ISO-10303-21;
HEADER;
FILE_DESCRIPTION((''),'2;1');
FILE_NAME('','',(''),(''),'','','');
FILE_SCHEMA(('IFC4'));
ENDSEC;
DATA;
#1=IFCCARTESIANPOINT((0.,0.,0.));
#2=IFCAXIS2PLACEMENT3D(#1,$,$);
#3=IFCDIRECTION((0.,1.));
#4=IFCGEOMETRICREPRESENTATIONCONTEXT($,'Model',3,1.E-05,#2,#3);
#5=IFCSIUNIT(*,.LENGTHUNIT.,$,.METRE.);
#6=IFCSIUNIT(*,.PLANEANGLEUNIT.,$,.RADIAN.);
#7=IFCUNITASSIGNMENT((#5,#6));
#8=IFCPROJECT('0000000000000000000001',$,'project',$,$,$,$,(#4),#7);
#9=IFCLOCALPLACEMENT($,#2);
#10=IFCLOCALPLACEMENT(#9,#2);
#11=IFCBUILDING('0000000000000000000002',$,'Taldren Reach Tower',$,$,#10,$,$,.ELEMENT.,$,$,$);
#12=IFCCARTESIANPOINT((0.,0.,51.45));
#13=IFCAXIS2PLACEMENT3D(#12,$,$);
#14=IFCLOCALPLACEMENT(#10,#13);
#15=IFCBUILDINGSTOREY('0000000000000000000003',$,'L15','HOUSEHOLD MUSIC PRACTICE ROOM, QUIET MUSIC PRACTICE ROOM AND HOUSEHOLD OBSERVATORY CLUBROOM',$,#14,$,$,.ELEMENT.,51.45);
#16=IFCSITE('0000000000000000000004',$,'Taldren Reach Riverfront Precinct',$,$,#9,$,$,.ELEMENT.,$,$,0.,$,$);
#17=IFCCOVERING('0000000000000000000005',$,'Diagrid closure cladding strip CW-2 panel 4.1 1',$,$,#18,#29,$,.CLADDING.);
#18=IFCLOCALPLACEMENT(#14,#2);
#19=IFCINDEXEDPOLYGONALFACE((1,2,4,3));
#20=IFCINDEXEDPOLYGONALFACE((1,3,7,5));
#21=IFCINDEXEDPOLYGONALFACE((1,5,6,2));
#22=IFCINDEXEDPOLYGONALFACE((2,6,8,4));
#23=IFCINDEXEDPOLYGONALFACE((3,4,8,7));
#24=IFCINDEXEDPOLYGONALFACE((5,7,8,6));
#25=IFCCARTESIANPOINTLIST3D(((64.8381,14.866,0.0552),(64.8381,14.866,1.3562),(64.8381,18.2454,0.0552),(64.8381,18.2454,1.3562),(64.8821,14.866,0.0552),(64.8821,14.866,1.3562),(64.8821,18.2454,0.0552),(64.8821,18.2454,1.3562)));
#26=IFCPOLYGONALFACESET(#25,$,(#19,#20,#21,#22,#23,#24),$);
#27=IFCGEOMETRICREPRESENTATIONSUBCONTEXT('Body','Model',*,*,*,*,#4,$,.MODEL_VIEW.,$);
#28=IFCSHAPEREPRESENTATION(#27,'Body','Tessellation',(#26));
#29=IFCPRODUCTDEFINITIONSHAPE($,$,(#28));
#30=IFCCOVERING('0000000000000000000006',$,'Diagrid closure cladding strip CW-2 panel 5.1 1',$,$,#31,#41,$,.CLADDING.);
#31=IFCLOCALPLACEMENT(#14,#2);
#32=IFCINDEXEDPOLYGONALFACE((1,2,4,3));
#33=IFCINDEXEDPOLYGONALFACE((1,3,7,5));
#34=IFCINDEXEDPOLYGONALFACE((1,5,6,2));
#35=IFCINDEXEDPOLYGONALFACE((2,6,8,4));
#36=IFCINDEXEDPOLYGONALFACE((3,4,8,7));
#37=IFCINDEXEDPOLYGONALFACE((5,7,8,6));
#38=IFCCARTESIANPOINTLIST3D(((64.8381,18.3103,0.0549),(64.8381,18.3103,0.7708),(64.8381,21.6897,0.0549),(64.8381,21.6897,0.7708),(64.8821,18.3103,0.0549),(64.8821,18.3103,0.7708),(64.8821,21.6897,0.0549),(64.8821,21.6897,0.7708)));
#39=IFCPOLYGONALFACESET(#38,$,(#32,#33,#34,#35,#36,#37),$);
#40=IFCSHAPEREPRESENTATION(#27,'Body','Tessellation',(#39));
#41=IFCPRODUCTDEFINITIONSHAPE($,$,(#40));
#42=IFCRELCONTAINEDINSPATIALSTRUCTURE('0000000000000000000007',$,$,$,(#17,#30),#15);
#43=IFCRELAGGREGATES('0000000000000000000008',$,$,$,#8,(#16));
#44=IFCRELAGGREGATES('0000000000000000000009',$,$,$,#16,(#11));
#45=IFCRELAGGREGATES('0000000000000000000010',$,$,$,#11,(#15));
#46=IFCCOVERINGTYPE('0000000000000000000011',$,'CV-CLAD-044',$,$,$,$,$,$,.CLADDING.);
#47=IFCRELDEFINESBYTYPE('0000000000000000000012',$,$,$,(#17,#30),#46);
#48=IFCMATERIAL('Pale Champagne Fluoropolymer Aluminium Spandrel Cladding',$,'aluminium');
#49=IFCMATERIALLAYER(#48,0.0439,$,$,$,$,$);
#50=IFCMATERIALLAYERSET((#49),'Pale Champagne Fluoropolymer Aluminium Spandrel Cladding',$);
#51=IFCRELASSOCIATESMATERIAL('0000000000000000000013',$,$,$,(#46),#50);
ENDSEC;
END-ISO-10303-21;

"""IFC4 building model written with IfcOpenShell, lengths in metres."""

from ifc_helpers import new_model, si_unit, direction, frame, origin, origin_2d, place, context, subcontext, project, spatial, rectangle, extrude, source, transform, mapped, material, layer, layer_set, type_object, element, save


model = new_model("IFC4")

# Units and contexts
model_context = context("Model", 3, precision=1e-05, world=origin(), true_north=direction((0.0, 1.0)))
body_context = subcontext(model_context, "Body", "Model", "MODEL_VIEW")
ifc_project = project(units=[si_unit("LENGTHUNIT", "METRE"), si_unit("PLANEANGLEUNIT", "RADIAN")], contexts=[model_context])

# Site, building, storey
site_placement = place(None, origin())
site = spatial("IfcSite", under=ifc_project, at=site_placement, Name="Taldren Reach Riverfront Precinct", CompositionType="ELEMENT", RefElevation=0.0)
building_placement = place(site_placement, origin())
building = spatial("IfcBuilding", under=site, at=building_placement, Name="Taldren Reach Tower", CompositionType="ELEMENT")
storey_placement = place(building_placement, frame((0.0, 0.0, 51.45)))
storey = spatial("IfcBuildingStorey", under=building, at=storey_placement, Name="L15", Description="HOUSEHOLD MUSIC PRACTICE ROOM, QUIET MUSIC PRACTICE ROOM AND HOUSEHOLD OBSERVATORY CLUBROOM", CompositionType="ELEMENT", Elevation=51.45)

# Coverings
ifc_material_1 = material(Name="Pale Champagne Fluoropolymer Aluminium Spandrel Cladding", Category="aluminium")
ifc_layer_1 = layer(ifc_material_1, 0.0439)
ifc_layer_set_1 = layer_set([ifc_layer_1], Name="Pale Champagne Fluoropolymer Aluminium Spandrel Cladding")
covering_type = type_object("IfcCoveringType", Name="CV-CLAD-044", PredefinedType="CLADDING", material=ifc_layer_set_1)
shared_shape_1 = source(origin(), body_context, "Body", "SweptSolid", [
    extrude(rectangle(XDim=3.3794, YDim=0.0439, at=origin_2d()), origin(), (0.0, 0.0, 1.0), 1.301),
])
covering_1_placement = place(storey_placement, frame((64.8601, 16.5557, 0.0552), z_axis=(0.0, 0.0, 1.0), x_axis=(0.0, 1.0, 0.0)))
element("IfcCovering", 1, at=covering_1_placement, inside=storey, type_object=covering_type, Name="Diagrid closure cladding strip CW-2 panel 4.1 1", PredefinedType="CLADDING", context=body_context, shape_type="MappedRepresentation", body=[
    mapped(shared_shape_1, transform((0.0, 0.0, 0.0), scale=1.0)),
])
shared_shape_2 = source(origin(), body_context, "Body", "SweptSolid", [
    extrude(rectangle(XDim=3.3794, YDim=0.0439, at=origin_2d()), origin(), (0.0, 0.0, 1.0), 0.7158),
])
covering_2_placement = place(storey_placement, frame((64.8601, 20.0, 0.0549), z_axis=(0.0, 0.0, 1.0), x_axis=(0.0, 1.0, 0.0)))
element("IfcCovering", 2, at=covering_2_placement, inside=storey, type_object=covering_type, Name="Diagrid closure cladding strip CW-2 panel 5.1 1", PredefinedType="CLADDING", context=body_context, shape_type="MappedRepresentation", body=[
    mapped(shared_shape_2, transform((0.0, 0.0, 0.0), scale=1.0)),
])

save(model, "model.ifc")
